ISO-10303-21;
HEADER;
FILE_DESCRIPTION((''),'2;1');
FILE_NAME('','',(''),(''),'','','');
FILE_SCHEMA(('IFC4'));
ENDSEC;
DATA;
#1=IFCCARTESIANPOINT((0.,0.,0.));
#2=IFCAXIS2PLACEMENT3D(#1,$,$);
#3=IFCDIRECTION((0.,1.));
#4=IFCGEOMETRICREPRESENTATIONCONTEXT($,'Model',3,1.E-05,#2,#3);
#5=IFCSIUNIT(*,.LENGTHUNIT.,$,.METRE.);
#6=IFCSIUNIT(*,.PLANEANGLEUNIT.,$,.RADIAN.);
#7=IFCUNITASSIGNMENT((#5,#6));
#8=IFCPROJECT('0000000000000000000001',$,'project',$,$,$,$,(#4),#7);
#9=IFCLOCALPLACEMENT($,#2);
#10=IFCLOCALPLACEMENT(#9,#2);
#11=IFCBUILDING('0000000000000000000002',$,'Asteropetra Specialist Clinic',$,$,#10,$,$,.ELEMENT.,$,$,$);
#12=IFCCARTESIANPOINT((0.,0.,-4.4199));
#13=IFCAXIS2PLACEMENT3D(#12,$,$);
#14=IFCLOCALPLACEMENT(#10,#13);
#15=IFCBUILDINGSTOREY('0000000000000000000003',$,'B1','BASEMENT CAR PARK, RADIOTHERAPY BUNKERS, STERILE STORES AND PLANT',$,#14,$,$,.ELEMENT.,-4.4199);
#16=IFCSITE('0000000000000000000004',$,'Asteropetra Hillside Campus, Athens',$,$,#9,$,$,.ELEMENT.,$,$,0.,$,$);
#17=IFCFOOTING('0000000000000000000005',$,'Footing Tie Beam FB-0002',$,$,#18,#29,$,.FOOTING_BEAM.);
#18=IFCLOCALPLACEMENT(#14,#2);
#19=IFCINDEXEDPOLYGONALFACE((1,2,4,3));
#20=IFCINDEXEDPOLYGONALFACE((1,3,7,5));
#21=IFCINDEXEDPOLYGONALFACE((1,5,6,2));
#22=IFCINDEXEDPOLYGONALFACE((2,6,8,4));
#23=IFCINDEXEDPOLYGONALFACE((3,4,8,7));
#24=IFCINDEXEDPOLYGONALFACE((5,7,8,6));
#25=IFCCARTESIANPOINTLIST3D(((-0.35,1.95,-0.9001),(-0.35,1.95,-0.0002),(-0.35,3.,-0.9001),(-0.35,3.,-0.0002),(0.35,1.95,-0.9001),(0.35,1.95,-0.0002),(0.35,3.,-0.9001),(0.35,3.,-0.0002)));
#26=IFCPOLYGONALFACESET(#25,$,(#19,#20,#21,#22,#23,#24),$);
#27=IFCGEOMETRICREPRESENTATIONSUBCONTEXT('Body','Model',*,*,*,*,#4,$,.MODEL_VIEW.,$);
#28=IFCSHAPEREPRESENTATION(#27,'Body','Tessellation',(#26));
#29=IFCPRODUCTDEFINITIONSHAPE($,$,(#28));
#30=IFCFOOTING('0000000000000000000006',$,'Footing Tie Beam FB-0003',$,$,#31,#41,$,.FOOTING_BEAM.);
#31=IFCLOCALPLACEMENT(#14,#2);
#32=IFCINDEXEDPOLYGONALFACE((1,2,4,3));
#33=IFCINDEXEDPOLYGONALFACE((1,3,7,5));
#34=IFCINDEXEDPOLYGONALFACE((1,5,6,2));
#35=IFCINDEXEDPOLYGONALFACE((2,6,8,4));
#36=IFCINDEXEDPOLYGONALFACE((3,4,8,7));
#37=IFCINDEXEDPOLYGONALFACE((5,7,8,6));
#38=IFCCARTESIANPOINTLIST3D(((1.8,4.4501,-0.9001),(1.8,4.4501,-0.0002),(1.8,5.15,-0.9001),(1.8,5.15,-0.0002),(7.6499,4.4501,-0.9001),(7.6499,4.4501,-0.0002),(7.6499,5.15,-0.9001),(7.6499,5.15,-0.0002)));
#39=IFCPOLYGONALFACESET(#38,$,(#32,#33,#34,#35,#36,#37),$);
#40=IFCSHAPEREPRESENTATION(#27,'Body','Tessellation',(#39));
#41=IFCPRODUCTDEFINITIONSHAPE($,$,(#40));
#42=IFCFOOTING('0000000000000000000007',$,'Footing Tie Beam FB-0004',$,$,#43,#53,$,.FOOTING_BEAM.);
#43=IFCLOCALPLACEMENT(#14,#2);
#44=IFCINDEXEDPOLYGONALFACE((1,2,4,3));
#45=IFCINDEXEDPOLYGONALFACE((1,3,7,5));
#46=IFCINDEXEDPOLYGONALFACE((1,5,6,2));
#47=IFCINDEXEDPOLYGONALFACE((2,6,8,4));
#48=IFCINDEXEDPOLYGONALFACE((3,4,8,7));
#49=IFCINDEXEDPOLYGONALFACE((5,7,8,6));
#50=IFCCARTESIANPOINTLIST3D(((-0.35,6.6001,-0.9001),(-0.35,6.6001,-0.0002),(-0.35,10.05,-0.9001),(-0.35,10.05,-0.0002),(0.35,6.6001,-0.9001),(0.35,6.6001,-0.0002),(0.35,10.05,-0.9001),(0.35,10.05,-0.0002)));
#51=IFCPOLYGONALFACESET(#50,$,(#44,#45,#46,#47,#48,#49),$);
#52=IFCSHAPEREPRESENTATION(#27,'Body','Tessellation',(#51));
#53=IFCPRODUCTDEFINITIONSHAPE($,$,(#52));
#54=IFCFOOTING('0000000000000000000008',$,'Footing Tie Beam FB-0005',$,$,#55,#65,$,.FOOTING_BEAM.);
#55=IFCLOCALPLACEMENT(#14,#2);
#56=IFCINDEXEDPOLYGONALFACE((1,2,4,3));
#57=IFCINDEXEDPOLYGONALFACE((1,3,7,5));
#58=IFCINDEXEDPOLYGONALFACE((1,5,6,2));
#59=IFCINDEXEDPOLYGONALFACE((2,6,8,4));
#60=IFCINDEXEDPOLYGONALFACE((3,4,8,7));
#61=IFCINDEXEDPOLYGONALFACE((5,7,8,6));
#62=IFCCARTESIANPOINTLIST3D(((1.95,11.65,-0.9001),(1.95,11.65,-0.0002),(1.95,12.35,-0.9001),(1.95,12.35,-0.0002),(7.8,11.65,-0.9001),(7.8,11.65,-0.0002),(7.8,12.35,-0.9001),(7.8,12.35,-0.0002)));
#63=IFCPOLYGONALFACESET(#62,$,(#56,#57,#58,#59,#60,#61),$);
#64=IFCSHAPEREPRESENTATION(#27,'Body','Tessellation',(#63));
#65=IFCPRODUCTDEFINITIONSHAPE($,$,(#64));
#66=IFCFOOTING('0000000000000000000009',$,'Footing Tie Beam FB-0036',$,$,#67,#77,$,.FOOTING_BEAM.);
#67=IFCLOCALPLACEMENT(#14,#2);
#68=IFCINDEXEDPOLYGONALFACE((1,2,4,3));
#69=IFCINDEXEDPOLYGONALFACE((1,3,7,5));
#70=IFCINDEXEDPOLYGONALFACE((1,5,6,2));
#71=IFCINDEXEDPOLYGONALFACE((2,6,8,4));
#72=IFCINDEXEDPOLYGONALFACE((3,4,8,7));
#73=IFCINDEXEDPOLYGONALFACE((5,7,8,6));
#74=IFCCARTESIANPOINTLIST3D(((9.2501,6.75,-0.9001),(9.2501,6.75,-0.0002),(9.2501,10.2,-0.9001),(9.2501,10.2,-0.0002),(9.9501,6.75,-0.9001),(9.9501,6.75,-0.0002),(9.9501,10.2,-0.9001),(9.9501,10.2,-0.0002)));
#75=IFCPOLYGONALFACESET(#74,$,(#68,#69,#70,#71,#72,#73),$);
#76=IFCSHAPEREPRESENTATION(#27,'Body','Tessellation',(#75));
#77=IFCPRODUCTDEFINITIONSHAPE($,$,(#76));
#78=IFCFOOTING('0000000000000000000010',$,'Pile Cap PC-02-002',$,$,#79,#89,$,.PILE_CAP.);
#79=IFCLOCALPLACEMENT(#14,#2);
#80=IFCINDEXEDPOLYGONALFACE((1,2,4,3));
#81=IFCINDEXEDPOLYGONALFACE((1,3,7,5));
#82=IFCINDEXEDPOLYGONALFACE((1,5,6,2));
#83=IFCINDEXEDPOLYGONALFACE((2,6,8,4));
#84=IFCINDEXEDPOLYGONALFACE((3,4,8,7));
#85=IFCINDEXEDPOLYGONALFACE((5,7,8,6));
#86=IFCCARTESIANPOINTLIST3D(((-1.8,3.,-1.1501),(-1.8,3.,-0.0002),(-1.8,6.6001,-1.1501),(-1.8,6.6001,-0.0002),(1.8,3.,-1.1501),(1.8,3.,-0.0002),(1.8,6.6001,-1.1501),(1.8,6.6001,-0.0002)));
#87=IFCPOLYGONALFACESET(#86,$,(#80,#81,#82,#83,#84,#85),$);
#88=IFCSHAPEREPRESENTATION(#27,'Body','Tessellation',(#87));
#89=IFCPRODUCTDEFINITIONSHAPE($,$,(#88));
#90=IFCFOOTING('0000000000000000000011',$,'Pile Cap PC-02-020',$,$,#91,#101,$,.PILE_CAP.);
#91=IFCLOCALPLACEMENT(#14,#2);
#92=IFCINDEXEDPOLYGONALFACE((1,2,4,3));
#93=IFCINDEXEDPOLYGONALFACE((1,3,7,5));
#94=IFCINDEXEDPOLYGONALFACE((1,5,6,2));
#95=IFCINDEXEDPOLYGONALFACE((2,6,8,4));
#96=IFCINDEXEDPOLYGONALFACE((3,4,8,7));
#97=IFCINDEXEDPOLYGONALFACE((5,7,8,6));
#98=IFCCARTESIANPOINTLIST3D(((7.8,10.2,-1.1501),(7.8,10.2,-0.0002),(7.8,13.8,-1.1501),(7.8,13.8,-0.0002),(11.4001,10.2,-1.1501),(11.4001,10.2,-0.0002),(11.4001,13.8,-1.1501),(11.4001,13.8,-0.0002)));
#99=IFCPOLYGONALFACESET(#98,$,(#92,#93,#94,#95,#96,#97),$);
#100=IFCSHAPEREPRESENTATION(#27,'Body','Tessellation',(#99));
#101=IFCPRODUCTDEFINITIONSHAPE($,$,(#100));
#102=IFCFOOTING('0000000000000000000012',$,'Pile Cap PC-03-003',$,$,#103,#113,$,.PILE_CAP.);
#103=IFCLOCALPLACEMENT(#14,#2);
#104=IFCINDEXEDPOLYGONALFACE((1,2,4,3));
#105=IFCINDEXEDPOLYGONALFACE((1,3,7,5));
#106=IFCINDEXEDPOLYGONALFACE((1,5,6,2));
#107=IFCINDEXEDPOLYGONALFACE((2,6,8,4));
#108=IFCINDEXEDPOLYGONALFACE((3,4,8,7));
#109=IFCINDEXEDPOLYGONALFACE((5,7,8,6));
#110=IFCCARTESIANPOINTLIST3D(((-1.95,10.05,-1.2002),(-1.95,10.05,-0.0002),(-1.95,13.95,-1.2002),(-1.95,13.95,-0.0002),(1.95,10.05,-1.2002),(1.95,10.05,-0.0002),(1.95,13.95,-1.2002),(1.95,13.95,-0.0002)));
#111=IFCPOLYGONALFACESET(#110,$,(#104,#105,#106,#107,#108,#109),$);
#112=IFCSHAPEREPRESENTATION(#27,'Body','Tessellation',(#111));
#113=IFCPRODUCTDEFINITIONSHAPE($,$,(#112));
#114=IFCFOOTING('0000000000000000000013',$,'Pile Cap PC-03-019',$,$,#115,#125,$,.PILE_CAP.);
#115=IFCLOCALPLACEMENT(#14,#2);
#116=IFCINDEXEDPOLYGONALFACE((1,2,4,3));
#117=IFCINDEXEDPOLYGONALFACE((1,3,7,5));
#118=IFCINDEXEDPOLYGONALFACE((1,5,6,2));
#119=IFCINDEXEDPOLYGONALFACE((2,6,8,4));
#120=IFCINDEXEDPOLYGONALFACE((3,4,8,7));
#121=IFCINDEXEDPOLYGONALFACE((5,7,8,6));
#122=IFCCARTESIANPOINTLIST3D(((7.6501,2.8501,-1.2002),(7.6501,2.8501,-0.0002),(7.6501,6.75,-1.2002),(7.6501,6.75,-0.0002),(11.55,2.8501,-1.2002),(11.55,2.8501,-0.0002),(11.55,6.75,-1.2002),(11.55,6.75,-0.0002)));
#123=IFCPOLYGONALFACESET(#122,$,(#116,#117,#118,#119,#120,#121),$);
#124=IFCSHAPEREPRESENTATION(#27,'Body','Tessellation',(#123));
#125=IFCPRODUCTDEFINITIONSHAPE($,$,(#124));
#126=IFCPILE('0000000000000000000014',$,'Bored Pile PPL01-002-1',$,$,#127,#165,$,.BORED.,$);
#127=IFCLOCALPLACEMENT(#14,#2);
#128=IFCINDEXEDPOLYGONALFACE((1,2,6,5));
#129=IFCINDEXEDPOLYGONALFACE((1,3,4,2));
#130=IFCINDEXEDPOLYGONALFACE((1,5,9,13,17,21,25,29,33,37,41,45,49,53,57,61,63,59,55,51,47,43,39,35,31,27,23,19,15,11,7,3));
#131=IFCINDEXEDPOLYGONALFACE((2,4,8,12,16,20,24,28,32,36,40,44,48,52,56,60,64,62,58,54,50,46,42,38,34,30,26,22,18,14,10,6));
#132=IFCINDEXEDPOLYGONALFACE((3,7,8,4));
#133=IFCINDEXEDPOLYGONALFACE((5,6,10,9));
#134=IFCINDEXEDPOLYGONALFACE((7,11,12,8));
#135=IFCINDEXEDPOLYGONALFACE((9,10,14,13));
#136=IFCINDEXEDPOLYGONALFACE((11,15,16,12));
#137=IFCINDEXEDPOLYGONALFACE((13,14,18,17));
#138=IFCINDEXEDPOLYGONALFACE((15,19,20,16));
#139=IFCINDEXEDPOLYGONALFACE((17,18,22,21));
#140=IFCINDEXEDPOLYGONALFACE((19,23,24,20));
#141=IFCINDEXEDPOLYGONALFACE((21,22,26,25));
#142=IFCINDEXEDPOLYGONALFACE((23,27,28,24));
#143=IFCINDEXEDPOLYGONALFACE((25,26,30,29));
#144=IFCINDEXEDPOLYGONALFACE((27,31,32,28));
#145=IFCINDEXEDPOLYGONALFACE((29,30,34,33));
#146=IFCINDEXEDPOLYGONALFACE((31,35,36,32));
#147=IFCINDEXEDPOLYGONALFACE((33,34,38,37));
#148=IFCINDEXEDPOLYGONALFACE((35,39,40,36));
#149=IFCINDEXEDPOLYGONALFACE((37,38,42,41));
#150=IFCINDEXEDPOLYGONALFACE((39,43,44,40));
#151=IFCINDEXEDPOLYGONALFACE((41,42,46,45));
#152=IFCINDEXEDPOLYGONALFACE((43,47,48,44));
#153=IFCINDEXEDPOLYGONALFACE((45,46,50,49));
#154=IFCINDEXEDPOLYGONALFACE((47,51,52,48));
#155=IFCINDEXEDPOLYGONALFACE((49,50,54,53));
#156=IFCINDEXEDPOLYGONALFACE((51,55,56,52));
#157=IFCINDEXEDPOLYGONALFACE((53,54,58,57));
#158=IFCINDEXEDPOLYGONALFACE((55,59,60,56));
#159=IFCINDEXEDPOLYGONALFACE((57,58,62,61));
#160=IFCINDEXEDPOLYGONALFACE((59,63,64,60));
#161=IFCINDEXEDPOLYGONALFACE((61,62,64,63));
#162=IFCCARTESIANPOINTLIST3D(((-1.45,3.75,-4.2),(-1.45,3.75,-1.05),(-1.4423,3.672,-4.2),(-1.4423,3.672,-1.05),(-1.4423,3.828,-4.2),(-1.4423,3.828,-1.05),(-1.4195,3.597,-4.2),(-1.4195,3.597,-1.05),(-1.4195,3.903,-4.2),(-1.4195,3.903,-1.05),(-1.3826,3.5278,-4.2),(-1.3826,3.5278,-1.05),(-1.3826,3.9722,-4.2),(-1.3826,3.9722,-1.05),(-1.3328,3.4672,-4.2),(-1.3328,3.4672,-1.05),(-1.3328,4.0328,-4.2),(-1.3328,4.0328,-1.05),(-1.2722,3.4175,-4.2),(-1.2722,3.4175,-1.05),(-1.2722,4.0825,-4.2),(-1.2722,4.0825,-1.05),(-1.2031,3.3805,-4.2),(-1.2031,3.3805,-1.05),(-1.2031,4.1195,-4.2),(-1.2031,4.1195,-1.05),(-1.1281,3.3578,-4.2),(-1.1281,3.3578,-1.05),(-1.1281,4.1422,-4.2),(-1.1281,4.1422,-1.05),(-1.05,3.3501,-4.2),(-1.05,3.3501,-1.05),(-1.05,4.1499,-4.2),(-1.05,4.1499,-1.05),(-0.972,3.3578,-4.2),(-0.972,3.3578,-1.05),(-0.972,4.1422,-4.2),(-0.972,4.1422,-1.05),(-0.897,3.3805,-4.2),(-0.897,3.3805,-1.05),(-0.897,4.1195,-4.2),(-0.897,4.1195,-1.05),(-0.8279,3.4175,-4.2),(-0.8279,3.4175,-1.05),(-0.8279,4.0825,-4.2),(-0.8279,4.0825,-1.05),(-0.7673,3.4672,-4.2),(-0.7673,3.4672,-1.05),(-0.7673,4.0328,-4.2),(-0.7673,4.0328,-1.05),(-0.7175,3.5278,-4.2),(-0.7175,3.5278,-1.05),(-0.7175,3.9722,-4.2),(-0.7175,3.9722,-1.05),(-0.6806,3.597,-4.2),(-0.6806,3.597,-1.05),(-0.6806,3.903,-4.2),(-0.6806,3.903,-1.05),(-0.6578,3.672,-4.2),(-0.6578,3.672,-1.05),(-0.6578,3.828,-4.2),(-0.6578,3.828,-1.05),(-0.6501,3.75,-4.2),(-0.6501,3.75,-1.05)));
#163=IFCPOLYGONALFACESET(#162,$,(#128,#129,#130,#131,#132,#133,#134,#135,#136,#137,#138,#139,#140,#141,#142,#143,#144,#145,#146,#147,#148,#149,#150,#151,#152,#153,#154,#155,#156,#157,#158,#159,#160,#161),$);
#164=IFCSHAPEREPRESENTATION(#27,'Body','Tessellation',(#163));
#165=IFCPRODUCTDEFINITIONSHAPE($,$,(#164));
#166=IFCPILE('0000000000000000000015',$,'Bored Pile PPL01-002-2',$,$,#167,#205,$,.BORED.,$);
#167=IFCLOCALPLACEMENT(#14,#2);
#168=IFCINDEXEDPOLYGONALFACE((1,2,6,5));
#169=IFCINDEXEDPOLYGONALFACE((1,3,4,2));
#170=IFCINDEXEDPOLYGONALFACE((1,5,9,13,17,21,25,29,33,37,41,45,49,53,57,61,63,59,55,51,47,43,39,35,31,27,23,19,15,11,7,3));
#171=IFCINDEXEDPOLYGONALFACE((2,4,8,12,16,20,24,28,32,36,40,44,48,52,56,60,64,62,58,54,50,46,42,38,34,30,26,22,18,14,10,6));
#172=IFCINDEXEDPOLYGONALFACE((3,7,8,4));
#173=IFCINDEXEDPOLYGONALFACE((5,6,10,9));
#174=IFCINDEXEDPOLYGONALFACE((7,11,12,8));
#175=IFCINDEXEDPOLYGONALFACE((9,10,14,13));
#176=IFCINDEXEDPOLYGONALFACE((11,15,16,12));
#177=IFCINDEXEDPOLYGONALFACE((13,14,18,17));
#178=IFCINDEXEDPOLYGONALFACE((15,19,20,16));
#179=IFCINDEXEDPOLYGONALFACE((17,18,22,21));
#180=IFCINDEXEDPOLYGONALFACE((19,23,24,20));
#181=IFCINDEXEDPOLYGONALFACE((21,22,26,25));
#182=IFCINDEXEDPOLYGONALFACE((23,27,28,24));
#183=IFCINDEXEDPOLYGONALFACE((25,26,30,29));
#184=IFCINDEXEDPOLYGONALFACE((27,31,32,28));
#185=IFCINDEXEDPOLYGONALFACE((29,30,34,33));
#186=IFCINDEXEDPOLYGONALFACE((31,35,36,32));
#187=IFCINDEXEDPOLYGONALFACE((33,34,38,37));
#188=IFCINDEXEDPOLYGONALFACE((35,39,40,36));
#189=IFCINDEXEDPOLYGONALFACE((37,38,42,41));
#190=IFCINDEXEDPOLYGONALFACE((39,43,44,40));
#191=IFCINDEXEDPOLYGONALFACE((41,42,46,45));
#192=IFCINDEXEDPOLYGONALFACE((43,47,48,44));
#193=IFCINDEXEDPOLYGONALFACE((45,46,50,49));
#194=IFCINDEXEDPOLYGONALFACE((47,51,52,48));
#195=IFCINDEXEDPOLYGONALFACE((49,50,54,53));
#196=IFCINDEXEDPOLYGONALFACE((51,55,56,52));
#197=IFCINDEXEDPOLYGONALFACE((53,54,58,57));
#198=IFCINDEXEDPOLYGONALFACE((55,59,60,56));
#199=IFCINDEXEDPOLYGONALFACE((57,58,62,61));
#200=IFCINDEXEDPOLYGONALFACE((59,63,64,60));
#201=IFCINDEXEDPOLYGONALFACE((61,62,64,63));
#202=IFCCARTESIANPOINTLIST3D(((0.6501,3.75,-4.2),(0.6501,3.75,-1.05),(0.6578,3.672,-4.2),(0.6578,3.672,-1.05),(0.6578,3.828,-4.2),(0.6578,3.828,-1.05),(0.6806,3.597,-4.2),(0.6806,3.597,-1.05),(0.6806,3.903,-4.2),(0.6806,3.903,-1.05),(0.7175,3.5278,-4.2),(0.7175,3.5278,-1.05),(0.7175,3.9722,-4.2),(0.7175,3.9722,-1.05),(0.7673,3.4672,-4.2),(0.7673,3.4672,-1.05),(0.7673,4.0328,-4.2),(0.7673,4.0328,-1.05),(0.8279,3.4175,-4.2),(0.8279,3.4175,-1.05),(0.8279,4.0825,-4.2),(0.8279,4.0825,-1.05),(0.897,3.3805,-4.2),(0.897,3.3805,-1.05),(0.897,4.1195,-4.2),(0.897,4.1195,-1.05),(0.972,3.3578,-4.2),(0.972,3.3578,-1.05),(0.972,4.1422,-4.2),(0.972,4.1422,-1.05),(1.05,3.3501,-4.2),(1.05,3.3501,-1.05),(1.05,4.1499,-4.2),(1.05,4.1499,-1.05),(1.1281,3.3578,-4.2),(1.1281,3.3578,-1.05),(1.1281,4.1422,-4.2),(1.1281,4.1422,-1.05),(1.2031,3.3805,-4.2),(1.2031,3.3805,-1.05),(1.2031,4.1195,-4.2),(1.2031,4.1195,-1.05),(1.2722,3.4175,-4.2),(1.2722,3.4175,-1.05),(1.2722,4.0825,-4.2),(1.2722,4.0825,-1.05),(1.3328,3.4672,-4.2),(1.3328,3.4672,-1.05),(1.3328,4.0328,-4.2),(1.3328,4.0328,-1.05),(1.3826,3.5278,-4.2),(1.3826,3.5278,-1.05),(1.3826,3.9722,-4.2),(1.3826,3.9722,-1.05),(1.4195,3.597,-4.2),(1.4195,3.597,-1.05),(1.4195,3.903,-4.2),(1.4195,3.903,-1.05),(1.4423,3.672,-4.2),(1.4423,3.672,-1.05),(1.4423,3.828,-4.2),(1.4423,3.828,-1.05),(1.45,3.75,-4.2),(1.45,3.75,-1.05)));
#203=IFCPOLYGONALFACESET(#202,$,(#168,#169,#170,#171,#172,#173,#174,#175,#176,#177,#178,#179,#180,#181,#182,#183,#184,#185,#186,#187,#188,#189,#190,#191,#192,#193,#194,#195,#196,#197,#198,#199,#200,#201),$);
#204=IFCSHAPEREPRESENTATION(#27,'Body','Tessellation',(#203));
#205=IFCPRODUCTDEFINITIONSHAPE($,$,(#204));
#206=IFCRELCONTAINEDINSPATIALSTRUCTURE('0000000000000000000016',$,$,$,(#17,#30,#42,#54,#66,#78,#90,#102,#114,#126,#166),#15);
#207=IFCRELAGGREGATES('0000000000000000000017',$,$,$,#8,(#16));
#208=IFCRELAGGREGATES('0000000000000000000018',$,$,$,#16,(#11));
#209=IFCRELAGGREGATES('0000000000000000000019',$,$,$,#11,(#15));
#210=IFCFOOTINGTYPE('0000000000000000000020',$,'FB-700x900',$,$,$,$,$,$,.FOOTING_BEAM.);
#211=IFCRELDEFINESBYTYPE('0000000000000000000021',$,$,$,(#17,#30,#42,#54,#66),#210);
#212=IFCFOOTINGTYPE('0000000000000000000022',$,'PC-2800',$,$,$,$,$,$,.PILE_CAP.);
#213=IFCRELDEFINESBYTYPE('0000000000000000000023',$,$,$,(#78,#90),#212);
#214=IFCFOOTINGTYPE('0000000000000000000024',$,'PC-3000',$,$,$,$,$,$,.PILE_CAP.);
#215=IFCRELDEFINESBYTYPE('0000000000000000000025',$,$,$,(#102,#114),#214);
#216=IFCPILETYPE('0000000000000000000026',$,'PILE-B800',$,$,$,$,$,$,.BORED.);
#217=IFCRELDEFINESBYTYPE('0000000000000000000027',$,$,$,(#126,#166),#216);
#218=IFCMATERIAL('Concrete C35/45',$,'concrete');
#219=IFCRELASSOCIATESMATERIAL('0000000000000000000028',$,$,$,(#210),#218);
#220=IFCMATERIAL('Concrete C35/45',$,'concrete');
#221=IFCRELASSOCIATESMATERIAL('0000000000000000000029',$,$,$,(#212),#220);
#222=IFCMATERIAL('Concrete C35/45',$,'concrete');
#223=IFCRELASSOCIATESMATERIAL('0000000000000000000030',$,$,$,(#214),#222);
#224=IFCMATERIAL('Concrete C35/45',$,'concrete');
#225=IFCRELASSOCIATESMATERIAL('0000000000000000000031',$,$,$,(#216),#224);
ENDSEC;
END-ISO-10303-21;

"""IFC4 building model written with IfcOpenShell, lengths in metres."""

from ifc_helpers import new_model, si_unit, direction, frame, origin, origin_2d, place, context, subcontext, project, spatial, rectangle, circle, extrude, material, material_profile, profile_set, type_object, element, save


model = new_model("IFC4")

# Units and contexts
model_context = context("Model", 3, precision=1e-05, world=origin(), true_north=direction((0.0, 1.0)))
body_context = subcontext(model_context, "Body", "Model", "MODEL_VIEW")
ifc_project = project(units=[si_unit("LENGTHUNIT", "METRE"), si_unit("PLANEANGLEUNIT", "RADIAN")], contexts=[model_context])

# Site, building, storey
site_placement = place(None, origin())
site = spatial("IfcSite", under=ifc_project, at=site_placement, Name="Asteropetra Hillside Campus, Athens", CompositionType="ELEMENT", RefElevation=0.0)
building_placement = place(site_placement, origin())
building = spatial("IfcBuilding", under=site, at=building_placement, Name="Asteropetra Specialist Clinic", CompositionType="ELEMENT")
storey_placement = place(building_placement, frame((0.0, 0.0, -4.4199)))
storey = spatial("IfcBuildingStorey", under=building, at=storey_placement, Name="B1", Description="BASEMENT CAR PARK, RADIOTHERAPY BUNKERS, STERILE STORES AND PLANT", CompositionType="ELEMENT", Elevation=-4.4199)

# Footings
ifc_material_1 = material(Name="Concrete C35/45", Category="concrete")
ifc_material_profile_1 = material_profile(ifc_material_1, rectangle(XDim=0.7, YDim=0.8999, at=origin_2d()), Name="FB 700x900")
ifc_profile_set_1 = profile_set([ifc_material_profile_1], Name="Concrete C35/45")
footing_type_1 = type_object("IfcFootingType", Name="FB-700x900", PredefinedType="FOOTING_BEAM", material=ifc_profile_set_1)
footing_1_placement = place(storey_placement, frame((0.0, 1.95, -0.4502), z_axis=(0.0, 1.0, 0.0), x_axis=(-1.0, 0.0, 0.0)))
element("IfcFooting", 1, at=footing_1_placement, inside=storey, type_object=footing_type_1, Name="Footing Tie Beam FB-0002", PredefinedType="FOOTING_BEAM", context=body_context, shape_type="SweptSolid", body=[
    extrude(rectangle(XDim=0.7, YDim=0.8999, at=origin_2d()), origin(), (0.0, 0.0, 1.0), 1.05),
])
footing_2_placement = place(storey_placement, frame((1.8, 4.8, -0.4502), z_axis=(1.0, 0.0, 0.0), x_axis=(0.0, 1.0, 0.0)))
element("IfcFooting", 2, at=footing_2_placement, inside=storey, type_object=footing_type_1, Name="Footing Tie Beam FB-0003", PredefinedType="FOOTING_BEAM", context=body_context, shape_type="SweptSolid", body=[
    extrude(rectangle(XDim=0.7, YDim=0.8999, at=origin_2d()), origin(), (0.0, 0.0, 1.0), 5.8499),
])
footing_3_placement = place(storey_placement, frame((0.0, 6.6001, -0.4502), z_axis=(0.0, 1.0, 0.0), x_axis=(-1.0, 0.0, 0.0)))
element("IfcFooting", 3, at=footing_3_placement, inside=storey, type_object=footing_type_1, Name="Footing Tie Beam FB-0004", PredefinedType="FOOTING_BEAM", context=body_context, shape_type="SweptSolid", body=[
    extrude(rectangle(XDim=0.7, YDim=0.8999, at=origin_2d()), origin(), (0.0, 0.0, 1.0), 3.45),
])
footing_4_placement = place(storey_placement, frame((1.95, 12.0, -0.4502), z_axis=(1.0, 0.0, 0.0), x_axis=(0.0, 1.0, 0.0)))
element("IfcFooting", 4, at=footing_4_placement, inside=storey, type_object=footing_type_1, Name="Footing Tie Beam FB-0005", PredefinedType="FOOTING_BEAM", context=body_context, shape_type="SweptSolid", body=[
    extrude(rectangle(XDim=0.7, YDim=0.8999, at=origin_2d()), origin(), (0.0, 0.0, 1.0), 5.8501),
])
footing_5_placement = place(storey_placement, frame((9.6001, 6.75, -0.4502), z_axis=(0.0, 1.0, 0.0), x_axis=(-1.0, 0.0, 0.0)))
element("IfcFooting", 5, at=footing_5_placement, inside=storey, type_object=footing_type_1, Name="Footing Tie Beam FB-0036", PredefinedType="FOOTING_BEAM", context=body_context, shape_type="SweptSolid", body=[
    extrude(rectangle(XDim=0.7, YDim=0.8999, at=origin_2d()), origin(), (0.0, 0.0, 1.0), 3.45),
])
ifc_material_2 = material(Name="Concrete C35/45", Category="concrete")
footing_type_2 = type_object("IfcFootingType", Name="PC-2800", PredefinedType="PILE_CAP", material=ifc_material_2)
for number, where, z_axis, x_axis, name in (
    (6, (0.0, 4.8, -1.1501), (0.0, 0.0, 1.0), (1.0, 0.0, 0.0), "Pile Cap PC-02-002"),
    (7, (9.6001, 12.0, -1.1501), (0.0, 0.0, 1.0), (1.0, 0.0, 0.0), "Pile Cap PC-02-020"),
):
    element("IfcFooting", number, at=place(storey_placement, frame(where, z_axis=z_axis, x_axis=x_axis)), inside=storey, type_object=footing_type_2, Name=name, PredefinedType="PILE_CAP", context=body_context, shape_type="SweptSolid", body=[
        extrude(rectangle(XDim=3.6001, YDim=3.6001, at=origin_2d()), origin(), (0.0, 0.0, 1.0), 1.1499),
    ])
ifc_material_3 = material(Name="Concrete C35/45", Category="concrete")
footing_type_3 = type_object("IfcFootingType", Name="PC-3000", PredefinedType="PILE_CAP", material=ifc_material_3)
for number, where, z_axis, x_axis, name in (
    (8, (0.0, 12.0, -1.2002), (0.0, 0.0, 1.0), (1.0, 0.0, 0.0), "Pile Cap PC-03-003"),
    (9, (9.6001, 4.8, -1.2002), (0.0, 0.0, 1.0), (1.0, 0.0, 0.0), "Pile Cap PC-03-019"),
):
    element("IfcFooting", number, at=place(storey_placement, frame(where, z_axis=z_axis, x_axis=x_axis)), inside=storey, type_object=footing_type_3, Name=name, PredefinedType="PILE_CAP", context=body_context, shape_type="SweptSolid", body=[
        extrude(rectangle(XDim=3.8999, YDim=3.8999, at=origin_2d()), origin(), (0.0, 0.0, 1.0), 1.2),
    ])

# Piles
ifc_material_4 = material(Name="Concrete C35/45", Category="concrete")
ifc_material_profile_2 = material_profile(ifc_material_4, circle(Radius=0.3999, at=origin_2d()), Name="PILE D800")
ifc_profile_set_2 = profile_set([ifc_material_profile_2], Name="Concrete C35/45")
pile_type_1 = type_object("IfcPileType", Name="PILE-B800", PredefinedType="BORED", material=ifc_profile_set_2)
for number, where, z_axis, x_axis, name in (
    (10, (-1.05, 3.75, -1.05), (0.0, 0.0, -1.0), (1.0, 0.0, 0.0), "Bored Pile PPL01-002-1"),
    (11, (1.05, 3.75, -1.05), (0.0, 0.0, -1.0), (1.0, 0.0, 0.0), "Bored Pile PPL01-002-2"),
):
    element("IfcPile", number, at=place(storey_placement, frame(where, z_axis=z_axis, x_axis=x_axis)), inside=storey, type_object=pile_type_1, Name=name, PredefinedType="BORED", context=body_context, shape_type="SweptSolid", body=[
        extrude(circle(Radius=0.3999, at=origin_2d()), origin(), (0.0, 0.0, 1.0), 3.1499),
    ])

save(model, "model.ifc")
